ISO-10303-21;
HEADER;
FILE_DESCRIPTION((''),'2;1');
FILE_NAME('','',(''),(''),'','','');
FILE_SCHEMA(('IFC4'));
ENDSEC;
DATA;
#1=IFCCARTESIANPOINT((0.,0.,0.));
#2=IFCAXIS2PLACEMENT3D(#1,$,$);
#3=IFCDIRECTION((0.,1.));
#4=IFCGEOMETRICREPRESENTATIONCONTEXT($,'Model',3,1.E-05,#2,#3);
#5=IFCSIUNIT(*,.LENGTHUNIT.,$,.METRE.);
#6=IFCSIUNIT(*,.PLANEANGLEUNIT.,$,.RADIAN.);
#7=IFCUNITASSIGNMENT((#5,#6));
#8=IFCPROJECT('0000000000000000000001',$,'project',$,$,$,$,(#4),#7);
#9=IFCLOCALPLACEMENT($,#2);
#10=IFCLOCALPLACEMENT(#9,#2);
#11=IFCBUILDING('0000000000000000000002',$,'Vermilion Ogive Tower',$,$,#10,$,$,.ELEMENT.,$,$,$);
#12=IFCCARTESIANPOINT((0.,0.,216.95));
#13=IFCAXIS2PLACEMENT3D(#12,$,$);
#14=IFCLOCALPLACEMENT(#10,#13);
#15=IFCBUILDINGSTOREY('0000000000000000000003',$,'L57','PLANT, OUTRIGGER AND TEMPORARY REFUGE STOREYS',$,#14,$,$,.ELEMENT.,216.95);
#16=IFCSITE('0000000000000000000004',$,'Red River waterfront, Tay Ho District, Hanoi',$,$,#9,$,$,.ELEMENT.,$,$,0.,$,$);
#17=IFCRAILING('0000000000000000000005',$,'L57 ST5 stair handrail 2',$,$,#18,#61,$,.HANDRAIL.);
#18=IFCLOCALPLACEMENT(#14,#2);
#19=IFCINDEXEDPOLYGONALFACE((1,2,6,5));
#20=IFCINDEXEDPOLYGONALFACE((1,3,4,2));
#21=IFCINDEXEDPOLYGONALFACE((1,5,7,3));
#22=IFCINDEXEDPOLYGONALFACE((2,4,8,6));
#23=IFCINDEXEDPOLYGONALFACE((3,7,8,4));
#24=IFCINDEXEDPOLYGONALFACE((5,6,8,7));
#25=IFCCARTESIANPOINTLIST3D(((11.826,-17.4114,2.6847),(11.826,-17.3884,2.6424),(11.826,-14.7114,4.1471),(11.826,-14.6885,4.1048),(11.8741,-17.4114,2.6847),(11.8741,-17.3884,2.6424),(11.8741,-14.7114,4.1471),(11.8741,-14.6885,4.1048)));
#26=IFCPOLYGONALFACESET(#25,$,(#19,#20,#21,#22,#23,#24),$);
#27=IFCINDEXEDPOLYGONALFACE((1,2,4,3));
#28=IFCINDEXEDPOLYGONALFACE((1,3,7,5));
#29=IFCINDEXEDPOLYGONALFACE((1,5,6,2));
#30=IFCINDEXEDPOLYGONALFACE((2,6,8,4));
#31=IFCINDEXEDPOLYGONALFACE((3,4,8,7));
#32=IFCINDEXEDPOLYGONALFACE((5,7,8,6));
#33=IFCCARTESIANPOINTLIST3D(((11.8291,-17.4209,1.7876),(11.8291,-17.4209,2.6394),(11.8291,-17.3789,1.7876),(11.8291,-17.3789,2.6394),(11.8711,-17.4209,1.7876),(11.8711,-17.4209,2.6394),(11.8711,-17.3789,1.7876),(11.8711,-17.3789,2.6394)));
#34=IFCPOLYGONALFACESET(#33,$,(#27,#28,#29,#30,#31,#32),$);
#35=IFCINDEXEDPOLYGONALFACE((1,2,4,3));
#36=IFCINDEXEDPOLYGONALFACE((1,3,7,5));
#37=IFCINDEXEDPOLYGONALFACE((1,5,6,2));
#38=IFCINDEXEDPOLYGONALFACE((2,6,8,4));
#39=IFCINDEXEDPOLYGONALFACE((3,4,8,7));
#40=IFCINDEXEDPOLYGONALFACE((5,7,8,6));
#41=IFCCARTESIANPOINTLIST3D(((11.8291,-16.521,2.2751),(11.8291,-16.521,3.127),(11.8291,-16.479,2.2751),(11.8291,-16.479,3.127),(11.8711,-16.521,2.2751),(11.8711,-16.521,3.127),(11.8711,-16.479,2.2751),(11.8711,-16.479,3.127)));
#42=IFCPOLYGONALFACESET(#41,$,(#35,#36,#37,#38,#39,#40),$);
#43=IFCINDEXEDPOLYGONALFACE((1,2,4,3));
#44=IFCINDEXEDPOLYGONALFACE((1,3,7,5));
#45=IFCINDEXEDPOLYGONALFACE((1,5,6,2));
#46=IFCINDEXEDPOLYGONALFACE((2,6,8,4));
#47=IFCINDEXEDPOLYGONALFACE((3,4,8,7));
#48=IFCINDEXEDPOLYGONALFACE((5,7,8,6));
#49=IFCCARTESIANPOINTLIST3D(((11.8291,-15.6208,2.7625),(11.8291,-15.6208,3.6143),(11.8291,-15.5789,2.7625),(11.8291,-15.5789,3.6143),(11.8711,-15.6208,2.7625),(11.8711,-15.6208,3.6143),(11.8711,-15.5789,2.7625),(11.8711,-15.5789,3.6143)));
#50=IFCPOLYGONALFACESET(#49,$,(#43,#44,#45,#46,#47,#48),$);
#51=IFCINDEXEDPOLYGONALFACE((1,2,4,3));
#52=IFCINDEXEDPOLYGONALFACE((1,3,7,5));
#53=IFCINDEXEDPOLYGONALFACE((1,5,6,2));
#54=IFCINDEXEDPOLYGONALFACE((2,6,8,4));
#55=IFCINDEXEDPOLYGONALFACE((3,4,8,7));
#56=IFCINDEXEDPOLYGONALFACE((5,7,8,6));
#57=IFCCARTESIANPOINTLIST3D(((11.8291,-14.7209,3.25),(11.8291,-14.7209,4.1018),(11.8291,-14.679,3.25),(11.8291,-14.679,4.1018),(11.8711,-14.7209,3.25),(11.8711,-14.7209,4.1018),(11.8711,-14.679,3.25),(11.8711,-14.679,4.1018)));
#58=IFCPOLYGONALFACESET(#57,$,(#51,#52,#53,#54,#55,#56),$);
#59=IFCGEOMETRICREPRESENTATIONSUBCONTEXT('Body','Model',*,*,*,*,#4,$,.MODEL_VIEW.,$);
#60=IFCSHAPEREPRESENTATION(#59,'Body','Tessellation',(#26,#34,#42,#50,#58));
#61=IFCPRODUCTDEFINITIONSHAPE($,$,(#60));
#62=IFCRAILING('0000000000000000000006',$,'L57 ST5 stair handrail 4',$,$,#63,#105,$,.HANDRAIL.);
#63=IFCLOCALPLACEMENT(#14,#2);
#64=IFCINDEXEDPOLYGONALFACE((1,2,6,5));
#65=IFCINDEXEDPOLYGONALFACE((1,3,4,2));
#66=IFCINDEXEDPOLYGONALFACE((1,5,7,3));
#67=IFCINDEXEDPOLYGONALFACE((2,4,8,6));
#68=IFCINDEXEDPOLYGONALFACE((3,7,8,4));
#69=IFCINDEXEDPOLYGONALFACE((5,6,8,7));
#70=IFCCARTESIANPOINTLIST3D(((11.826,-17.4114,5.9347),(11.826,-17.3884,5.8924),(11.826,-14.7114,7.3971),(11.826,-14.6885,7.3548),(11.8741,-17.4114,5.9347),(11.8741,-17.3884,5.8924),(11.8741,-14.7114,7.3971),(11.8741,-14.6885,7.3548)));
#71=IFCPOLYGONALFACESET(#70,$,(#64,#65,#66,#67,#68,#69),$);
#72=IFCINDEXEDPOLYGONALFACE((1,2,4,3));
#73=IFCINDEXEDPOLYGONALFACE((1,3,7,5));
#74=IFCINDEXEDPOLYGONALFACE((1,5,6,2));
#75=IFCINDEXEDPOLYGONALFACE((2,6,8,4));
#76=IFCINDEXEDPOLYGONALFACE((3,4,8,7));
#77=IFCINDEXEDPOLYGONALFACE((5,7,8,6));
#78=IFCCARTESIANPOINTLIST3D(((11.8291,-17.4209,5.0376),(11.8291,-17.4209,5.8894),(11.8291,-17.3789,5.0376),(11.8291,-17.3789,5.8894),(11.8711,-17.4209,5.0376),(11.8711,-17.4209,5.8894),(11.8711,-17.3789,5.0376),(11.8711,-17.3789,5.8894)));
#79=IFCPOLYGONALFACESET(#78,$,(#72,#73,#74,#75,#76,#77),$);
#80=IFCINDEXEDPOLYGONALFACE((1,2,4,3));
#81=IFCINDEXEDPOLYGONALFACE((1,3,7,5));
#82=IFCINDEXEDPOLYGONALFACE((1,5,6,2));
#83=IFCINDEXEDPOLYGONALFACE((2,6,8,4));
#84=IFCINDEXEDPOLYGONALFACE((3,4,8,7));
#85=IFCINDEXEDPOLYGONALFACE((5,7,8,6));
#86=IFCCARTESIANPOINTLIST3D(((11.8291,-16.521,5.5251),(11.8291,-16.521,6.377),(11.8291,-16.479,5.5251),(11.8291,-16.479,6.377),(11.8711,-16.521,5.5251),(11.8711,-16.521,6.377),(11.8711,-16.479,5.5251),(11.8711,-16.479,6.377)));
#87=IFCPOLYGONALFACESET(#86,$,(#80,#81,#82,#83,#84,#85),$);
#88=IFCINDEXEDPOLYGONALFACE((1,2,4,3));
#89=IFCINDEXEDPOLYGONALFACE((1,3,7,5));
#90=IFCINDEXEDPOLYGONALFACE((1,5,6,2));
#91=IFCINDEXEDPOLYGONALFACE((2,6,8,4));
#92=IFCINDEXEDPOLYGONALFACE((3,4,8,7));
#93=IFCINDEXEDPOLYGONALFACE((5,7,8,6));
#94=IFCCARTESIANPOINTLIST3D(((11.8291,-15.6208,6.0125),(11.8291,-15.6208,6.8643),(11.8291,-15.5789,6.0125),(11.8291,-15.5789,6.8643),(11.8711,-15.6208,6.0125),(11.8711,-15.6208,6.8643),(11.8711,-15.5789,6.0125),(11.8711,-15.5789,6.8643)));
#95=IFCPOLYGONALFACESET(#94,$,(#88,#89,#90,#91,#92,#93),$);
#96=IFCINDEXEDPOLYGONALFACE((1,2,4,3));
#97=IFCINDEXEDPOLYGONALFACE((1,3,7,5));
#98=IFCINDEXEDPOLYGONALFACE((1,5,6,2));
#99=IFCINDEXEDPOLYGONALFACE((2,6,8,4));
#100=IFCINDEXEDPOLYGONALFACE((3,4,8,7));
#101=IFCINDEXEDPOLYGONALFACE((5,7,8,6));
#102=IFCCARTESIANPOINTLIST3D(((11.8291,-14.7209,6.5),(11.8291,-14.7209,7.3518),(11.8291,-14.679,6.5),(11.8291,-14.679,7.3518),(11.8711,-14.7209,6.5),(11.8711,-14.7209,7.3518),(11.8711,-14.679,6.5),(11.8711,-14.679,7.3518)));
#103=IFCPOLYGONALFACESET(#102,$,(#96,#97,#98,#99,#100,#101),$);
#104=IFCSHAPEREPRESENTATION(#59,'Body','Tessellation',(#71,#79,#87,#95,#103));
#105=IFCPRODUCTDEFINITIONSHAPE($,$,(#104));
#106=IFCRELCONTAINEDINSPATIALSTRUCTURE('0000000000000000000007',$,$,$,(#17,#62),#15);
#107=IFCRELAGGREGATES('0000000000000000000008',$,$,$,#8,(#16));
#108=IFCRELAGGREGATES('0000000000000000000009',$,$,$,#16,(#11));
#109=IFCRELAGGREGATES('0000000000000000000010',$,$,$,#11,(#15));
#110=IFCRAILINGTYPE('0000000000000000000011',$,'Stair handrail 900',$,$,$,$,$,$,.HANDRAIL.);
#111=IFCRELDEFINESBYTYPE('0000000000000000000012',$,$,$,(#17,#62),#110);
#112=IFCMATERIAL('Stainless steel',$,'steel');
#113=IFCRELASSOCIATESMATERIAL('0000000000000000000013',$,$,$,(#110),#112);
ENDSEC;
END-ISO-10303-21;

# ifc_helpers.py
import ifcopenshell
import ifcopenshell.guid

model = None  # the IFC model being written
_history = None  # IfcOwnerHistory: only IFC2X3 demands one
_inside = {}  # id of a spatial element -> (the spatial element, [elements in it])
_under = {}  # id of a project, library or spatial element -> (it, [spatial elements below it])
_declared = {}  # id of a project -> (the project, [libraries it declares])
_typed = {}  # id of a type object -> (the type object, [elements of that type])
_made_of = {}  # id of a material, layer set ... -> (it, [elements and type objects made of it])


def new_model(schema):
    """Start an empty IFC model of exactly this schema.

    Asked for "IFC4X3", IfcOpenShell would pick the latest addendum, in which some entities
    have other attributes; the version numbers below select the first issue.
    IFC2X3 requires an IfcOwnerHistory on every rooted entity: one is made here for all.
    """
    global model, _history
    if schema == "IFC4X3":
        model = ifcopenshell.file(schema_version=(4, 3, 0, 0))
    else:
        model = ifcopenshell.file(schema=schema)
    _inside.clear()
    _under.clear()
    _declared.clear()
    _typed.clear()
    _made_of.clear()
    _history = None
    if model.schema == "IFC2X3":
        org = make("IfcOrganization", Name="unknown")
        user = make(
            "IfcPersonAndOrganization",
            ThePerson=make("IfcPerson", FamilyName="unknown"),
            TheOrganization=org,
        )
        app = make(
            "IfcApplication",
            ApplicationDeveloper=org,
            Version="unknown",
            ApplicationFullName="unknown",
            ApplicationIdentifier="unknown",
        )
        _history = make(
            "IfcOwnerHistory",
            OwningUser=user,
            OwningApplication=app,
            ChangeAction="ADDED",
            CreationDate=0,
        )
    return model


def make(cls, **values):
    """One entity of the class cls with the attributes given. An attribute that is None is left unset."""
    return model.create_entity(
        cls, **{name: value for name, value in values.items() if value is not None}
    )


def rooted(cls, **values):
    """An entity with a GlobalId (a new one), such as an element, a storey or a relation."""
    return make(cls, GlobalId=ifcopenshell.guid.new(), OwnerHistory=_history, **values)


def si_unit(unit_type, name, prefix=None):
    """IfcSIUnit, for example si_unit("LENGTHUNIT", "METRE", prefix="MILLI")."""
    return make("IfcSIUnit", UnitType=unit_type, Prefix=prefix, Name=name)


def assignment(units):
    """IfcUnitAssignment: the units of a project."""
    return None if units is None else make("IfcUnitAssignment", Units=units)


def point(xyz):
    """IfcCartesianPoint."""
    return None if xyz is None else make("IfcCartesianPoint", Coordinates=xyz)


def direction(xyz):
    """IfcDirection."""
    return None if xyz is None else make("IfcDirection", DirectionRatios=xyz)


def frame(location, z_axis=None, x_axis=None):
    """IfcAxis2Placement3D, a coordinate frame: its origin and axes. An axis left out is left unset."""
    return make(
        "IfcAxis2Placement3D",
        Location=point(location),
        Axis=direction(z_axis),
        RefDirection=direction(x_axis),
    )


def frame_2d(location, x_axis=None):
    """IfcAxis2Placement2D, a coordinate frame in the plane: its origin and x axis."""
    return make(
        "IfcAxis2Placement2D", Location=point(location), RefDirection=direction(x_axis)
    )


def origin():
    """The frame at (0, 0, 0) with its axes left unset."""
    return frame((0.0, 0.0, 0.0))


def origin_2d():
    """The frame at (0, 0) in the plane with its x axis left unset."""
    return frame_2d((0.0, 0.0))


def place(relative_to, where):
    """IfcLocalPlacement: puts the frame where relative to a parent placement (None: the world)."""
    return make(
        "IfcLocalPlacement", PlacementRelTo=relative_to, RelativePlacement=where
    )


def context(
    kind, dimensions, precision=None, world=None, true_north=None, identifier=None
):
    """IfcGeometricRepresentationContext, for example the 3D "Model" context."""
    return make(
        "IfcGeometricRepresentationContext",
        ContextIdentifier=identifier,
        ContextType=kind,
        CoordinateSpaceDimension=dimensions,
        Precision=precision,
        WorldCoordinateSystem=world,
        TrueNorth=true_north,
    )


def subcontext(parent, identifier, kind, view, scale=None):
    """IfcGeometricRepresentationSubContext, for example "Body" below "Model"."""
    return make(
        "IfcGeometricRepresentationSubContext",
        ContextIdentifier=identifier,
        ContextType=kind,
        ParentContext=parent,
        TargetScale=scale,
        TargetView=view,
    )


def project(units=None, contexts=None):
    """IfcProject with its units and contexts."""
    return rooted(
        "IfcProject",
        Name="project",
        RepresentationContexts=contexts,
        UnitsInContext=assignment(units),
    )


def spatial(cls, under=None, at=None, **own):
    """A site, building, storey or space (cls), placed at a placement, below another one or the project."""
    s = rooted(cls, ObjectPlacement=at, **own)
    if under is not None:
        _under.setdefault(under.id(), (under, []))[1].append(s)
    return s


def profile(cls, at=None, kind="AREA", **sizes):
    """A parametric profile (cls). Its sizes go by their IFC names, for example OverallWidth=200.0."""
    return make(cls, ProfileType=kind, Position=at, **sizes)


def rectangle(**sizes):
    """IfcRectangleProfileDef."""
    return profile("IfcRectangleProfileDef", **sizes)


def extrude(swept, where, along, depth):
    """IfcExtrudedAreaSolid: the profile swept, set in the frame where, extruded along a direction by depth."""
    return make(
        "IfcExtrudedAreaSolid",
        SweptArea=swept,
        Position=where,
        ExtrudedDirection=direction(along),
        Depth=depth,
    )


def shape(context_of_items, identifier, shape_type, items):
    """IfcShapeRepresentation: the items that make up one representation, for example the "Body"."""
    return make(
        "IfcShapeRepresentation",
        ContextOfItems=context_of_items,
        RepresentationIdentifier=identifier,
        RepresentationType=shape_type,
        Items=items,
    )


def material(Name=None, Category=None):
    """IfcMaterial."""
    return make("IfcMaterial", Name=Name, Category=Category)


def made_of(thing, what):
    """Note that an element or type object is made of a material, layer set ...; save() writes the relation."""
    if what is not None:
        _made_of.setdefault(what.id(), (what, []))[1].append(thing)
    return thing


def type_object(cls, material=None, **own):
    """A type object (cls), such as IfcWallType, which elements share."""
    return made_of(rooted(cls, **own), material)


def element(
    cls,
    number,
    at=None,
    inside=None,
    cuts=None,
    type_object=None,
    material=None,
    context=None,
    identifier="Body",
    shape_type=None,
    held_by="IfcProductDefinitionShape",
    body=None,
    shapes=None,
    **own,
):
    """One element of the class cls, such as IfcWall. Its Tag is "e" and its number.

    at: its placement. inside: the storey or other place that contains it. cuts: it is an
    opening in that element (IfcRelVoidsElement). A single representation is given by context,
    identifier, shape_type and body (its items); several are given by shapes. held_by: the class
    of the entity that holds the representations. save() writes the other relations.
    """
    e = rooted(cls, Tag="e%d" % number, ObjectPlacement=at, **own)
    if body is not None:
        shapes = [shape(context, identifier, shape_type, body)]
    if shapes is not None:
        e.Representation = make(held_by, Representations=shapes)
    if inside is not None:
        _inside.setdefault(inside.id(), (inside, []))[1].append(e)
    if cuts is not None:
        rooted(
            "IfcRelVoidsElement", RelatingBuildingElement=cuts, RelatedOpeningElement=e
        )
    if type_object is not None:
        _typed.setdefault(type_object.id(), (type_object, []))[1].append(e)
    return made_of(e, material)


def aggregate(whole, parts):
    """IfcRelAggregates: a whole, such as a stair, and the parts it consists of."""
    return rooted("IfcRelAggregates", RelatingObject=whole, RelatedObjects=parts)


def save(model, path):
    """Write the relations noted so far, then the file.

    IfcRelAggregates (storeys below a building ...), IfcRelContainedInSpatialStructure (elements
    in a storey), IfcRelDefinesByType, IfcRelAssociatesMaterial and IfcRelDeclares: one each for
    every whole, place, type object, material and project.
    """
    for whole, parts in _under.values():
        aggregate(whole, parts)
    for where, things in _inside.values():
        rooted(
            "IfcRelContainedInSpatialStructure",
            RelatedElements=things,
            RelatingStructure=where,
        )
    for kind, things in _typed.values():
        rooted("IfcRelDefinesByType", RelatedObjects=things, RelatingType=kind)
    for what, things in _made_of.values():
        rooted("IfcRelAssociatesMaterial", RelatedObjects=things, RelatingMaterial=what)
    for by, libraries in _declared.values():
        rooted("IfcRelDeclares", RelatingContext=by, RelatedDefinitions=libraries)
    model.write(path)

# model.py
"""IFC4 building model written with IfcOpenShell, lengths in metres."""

from ifc_helpers import new_model, si_unit, direction, frame, origin, origin_2d, place, context, subcontext, project, spatial, rectangle, extrude, material, type_object, element, save


model = new_model("IFC4")

# Units and contexts
model_context = context("Model", 3, precision=1e-05, world=origin(), true_north=direction((0.0, 1.0)))
body_context = subcontext(model_context, "Body", "Model", "MODEL_VIEW")
ifc_project = project(units=[si_unit("LENGTHUNIT", "METRE"), si_unit("PLANEANGLEUNIT", "RADIAN")], contexts=[model_context])

# Site, building, storey
site_placement = place(None, origin())
site = spatial("IfcSite", under=ifc_project, at=site_placement, Name="Red River waterfront, Tay Ho District, Hanoi", CompositionType="ELEMENT", RefElevation=0.0)
building_placement = place(site_placement, origin())
building = spatial("IfcBuilding", under=site, at=building_placement, Name="Vermilion Ogive Tower", CompositionType="ELEMENT")
storey_placement = place(building_placement, frame((0.0, 0.0, 216.95)))
storey = spatial("IfcBuildingStorey", under=building, at=storey_placement, Name="L57", Description="PLANT, OUTRIGGER AND TEMPORARY REFUGE STOREYS", CompositionType="ELEMENT", Elevation=216.95)

# Railings
ifc_material_1 = material(Name="Stainless steel", Category="steel")
railing_type_1 = type_object("IfcRailingType", Name="Stair handrail 900", PredefinedType="HANDRAIL", material=ifc_material_1)
for number, where, name in (
    (1, (11.8501, -17.3999, 1.7876), "L57 ST5 stair handrail 2"),
    (2, (11.8501, -17.3999, 5.0376), "L57 ST5 stair handrail 4"),
):
    element("IfcRailing", number, at=place(storey_placement, frame(where)), inside=storey, type_object=railing_type_1, Name=name, PredefinedType="HANDRAIL", context=body_context, shape_type="SweptSolid", body=[
        extrude(rectangle(XDim=0.0481, YDim=0.0481, at=origin_2d()), frame((0.0, 0.0, 0.876), z_axis=(0.0, 0.879302, 0.476265), x_axis=(-1.0, 0.0, 0.0)), (0.0, 0.0, 1.0), 3.0706),
        extrude(rectangle(XDim=0.042, YDim=0.042, at=origin_2d()), origin(), (0.0, 0.0, 1.0), 0.8518),
        extrude(rectangle(XDim=0.042, YDim=0.042, at=origin_2d()), frame((0.0, 0.8999, 0.4875)), (0.0, 0.0, 1.0), 0.8518),
        extrude(rectangle(XDim=0.042, YDim=0.042, at=origin_2d()), frame((0.0, 1.8, 0.9749)), (0.0, 0.0, 1.0), 0.8518),
        extrude(rectangle(XDim=0.042, YDim=0.042, at=origin_2d()), frame((0.0, 2.7, 1.4624)), (0.0, 0.0, 1.0), 0.8518),
    ])

save(model, "model.ifc")
